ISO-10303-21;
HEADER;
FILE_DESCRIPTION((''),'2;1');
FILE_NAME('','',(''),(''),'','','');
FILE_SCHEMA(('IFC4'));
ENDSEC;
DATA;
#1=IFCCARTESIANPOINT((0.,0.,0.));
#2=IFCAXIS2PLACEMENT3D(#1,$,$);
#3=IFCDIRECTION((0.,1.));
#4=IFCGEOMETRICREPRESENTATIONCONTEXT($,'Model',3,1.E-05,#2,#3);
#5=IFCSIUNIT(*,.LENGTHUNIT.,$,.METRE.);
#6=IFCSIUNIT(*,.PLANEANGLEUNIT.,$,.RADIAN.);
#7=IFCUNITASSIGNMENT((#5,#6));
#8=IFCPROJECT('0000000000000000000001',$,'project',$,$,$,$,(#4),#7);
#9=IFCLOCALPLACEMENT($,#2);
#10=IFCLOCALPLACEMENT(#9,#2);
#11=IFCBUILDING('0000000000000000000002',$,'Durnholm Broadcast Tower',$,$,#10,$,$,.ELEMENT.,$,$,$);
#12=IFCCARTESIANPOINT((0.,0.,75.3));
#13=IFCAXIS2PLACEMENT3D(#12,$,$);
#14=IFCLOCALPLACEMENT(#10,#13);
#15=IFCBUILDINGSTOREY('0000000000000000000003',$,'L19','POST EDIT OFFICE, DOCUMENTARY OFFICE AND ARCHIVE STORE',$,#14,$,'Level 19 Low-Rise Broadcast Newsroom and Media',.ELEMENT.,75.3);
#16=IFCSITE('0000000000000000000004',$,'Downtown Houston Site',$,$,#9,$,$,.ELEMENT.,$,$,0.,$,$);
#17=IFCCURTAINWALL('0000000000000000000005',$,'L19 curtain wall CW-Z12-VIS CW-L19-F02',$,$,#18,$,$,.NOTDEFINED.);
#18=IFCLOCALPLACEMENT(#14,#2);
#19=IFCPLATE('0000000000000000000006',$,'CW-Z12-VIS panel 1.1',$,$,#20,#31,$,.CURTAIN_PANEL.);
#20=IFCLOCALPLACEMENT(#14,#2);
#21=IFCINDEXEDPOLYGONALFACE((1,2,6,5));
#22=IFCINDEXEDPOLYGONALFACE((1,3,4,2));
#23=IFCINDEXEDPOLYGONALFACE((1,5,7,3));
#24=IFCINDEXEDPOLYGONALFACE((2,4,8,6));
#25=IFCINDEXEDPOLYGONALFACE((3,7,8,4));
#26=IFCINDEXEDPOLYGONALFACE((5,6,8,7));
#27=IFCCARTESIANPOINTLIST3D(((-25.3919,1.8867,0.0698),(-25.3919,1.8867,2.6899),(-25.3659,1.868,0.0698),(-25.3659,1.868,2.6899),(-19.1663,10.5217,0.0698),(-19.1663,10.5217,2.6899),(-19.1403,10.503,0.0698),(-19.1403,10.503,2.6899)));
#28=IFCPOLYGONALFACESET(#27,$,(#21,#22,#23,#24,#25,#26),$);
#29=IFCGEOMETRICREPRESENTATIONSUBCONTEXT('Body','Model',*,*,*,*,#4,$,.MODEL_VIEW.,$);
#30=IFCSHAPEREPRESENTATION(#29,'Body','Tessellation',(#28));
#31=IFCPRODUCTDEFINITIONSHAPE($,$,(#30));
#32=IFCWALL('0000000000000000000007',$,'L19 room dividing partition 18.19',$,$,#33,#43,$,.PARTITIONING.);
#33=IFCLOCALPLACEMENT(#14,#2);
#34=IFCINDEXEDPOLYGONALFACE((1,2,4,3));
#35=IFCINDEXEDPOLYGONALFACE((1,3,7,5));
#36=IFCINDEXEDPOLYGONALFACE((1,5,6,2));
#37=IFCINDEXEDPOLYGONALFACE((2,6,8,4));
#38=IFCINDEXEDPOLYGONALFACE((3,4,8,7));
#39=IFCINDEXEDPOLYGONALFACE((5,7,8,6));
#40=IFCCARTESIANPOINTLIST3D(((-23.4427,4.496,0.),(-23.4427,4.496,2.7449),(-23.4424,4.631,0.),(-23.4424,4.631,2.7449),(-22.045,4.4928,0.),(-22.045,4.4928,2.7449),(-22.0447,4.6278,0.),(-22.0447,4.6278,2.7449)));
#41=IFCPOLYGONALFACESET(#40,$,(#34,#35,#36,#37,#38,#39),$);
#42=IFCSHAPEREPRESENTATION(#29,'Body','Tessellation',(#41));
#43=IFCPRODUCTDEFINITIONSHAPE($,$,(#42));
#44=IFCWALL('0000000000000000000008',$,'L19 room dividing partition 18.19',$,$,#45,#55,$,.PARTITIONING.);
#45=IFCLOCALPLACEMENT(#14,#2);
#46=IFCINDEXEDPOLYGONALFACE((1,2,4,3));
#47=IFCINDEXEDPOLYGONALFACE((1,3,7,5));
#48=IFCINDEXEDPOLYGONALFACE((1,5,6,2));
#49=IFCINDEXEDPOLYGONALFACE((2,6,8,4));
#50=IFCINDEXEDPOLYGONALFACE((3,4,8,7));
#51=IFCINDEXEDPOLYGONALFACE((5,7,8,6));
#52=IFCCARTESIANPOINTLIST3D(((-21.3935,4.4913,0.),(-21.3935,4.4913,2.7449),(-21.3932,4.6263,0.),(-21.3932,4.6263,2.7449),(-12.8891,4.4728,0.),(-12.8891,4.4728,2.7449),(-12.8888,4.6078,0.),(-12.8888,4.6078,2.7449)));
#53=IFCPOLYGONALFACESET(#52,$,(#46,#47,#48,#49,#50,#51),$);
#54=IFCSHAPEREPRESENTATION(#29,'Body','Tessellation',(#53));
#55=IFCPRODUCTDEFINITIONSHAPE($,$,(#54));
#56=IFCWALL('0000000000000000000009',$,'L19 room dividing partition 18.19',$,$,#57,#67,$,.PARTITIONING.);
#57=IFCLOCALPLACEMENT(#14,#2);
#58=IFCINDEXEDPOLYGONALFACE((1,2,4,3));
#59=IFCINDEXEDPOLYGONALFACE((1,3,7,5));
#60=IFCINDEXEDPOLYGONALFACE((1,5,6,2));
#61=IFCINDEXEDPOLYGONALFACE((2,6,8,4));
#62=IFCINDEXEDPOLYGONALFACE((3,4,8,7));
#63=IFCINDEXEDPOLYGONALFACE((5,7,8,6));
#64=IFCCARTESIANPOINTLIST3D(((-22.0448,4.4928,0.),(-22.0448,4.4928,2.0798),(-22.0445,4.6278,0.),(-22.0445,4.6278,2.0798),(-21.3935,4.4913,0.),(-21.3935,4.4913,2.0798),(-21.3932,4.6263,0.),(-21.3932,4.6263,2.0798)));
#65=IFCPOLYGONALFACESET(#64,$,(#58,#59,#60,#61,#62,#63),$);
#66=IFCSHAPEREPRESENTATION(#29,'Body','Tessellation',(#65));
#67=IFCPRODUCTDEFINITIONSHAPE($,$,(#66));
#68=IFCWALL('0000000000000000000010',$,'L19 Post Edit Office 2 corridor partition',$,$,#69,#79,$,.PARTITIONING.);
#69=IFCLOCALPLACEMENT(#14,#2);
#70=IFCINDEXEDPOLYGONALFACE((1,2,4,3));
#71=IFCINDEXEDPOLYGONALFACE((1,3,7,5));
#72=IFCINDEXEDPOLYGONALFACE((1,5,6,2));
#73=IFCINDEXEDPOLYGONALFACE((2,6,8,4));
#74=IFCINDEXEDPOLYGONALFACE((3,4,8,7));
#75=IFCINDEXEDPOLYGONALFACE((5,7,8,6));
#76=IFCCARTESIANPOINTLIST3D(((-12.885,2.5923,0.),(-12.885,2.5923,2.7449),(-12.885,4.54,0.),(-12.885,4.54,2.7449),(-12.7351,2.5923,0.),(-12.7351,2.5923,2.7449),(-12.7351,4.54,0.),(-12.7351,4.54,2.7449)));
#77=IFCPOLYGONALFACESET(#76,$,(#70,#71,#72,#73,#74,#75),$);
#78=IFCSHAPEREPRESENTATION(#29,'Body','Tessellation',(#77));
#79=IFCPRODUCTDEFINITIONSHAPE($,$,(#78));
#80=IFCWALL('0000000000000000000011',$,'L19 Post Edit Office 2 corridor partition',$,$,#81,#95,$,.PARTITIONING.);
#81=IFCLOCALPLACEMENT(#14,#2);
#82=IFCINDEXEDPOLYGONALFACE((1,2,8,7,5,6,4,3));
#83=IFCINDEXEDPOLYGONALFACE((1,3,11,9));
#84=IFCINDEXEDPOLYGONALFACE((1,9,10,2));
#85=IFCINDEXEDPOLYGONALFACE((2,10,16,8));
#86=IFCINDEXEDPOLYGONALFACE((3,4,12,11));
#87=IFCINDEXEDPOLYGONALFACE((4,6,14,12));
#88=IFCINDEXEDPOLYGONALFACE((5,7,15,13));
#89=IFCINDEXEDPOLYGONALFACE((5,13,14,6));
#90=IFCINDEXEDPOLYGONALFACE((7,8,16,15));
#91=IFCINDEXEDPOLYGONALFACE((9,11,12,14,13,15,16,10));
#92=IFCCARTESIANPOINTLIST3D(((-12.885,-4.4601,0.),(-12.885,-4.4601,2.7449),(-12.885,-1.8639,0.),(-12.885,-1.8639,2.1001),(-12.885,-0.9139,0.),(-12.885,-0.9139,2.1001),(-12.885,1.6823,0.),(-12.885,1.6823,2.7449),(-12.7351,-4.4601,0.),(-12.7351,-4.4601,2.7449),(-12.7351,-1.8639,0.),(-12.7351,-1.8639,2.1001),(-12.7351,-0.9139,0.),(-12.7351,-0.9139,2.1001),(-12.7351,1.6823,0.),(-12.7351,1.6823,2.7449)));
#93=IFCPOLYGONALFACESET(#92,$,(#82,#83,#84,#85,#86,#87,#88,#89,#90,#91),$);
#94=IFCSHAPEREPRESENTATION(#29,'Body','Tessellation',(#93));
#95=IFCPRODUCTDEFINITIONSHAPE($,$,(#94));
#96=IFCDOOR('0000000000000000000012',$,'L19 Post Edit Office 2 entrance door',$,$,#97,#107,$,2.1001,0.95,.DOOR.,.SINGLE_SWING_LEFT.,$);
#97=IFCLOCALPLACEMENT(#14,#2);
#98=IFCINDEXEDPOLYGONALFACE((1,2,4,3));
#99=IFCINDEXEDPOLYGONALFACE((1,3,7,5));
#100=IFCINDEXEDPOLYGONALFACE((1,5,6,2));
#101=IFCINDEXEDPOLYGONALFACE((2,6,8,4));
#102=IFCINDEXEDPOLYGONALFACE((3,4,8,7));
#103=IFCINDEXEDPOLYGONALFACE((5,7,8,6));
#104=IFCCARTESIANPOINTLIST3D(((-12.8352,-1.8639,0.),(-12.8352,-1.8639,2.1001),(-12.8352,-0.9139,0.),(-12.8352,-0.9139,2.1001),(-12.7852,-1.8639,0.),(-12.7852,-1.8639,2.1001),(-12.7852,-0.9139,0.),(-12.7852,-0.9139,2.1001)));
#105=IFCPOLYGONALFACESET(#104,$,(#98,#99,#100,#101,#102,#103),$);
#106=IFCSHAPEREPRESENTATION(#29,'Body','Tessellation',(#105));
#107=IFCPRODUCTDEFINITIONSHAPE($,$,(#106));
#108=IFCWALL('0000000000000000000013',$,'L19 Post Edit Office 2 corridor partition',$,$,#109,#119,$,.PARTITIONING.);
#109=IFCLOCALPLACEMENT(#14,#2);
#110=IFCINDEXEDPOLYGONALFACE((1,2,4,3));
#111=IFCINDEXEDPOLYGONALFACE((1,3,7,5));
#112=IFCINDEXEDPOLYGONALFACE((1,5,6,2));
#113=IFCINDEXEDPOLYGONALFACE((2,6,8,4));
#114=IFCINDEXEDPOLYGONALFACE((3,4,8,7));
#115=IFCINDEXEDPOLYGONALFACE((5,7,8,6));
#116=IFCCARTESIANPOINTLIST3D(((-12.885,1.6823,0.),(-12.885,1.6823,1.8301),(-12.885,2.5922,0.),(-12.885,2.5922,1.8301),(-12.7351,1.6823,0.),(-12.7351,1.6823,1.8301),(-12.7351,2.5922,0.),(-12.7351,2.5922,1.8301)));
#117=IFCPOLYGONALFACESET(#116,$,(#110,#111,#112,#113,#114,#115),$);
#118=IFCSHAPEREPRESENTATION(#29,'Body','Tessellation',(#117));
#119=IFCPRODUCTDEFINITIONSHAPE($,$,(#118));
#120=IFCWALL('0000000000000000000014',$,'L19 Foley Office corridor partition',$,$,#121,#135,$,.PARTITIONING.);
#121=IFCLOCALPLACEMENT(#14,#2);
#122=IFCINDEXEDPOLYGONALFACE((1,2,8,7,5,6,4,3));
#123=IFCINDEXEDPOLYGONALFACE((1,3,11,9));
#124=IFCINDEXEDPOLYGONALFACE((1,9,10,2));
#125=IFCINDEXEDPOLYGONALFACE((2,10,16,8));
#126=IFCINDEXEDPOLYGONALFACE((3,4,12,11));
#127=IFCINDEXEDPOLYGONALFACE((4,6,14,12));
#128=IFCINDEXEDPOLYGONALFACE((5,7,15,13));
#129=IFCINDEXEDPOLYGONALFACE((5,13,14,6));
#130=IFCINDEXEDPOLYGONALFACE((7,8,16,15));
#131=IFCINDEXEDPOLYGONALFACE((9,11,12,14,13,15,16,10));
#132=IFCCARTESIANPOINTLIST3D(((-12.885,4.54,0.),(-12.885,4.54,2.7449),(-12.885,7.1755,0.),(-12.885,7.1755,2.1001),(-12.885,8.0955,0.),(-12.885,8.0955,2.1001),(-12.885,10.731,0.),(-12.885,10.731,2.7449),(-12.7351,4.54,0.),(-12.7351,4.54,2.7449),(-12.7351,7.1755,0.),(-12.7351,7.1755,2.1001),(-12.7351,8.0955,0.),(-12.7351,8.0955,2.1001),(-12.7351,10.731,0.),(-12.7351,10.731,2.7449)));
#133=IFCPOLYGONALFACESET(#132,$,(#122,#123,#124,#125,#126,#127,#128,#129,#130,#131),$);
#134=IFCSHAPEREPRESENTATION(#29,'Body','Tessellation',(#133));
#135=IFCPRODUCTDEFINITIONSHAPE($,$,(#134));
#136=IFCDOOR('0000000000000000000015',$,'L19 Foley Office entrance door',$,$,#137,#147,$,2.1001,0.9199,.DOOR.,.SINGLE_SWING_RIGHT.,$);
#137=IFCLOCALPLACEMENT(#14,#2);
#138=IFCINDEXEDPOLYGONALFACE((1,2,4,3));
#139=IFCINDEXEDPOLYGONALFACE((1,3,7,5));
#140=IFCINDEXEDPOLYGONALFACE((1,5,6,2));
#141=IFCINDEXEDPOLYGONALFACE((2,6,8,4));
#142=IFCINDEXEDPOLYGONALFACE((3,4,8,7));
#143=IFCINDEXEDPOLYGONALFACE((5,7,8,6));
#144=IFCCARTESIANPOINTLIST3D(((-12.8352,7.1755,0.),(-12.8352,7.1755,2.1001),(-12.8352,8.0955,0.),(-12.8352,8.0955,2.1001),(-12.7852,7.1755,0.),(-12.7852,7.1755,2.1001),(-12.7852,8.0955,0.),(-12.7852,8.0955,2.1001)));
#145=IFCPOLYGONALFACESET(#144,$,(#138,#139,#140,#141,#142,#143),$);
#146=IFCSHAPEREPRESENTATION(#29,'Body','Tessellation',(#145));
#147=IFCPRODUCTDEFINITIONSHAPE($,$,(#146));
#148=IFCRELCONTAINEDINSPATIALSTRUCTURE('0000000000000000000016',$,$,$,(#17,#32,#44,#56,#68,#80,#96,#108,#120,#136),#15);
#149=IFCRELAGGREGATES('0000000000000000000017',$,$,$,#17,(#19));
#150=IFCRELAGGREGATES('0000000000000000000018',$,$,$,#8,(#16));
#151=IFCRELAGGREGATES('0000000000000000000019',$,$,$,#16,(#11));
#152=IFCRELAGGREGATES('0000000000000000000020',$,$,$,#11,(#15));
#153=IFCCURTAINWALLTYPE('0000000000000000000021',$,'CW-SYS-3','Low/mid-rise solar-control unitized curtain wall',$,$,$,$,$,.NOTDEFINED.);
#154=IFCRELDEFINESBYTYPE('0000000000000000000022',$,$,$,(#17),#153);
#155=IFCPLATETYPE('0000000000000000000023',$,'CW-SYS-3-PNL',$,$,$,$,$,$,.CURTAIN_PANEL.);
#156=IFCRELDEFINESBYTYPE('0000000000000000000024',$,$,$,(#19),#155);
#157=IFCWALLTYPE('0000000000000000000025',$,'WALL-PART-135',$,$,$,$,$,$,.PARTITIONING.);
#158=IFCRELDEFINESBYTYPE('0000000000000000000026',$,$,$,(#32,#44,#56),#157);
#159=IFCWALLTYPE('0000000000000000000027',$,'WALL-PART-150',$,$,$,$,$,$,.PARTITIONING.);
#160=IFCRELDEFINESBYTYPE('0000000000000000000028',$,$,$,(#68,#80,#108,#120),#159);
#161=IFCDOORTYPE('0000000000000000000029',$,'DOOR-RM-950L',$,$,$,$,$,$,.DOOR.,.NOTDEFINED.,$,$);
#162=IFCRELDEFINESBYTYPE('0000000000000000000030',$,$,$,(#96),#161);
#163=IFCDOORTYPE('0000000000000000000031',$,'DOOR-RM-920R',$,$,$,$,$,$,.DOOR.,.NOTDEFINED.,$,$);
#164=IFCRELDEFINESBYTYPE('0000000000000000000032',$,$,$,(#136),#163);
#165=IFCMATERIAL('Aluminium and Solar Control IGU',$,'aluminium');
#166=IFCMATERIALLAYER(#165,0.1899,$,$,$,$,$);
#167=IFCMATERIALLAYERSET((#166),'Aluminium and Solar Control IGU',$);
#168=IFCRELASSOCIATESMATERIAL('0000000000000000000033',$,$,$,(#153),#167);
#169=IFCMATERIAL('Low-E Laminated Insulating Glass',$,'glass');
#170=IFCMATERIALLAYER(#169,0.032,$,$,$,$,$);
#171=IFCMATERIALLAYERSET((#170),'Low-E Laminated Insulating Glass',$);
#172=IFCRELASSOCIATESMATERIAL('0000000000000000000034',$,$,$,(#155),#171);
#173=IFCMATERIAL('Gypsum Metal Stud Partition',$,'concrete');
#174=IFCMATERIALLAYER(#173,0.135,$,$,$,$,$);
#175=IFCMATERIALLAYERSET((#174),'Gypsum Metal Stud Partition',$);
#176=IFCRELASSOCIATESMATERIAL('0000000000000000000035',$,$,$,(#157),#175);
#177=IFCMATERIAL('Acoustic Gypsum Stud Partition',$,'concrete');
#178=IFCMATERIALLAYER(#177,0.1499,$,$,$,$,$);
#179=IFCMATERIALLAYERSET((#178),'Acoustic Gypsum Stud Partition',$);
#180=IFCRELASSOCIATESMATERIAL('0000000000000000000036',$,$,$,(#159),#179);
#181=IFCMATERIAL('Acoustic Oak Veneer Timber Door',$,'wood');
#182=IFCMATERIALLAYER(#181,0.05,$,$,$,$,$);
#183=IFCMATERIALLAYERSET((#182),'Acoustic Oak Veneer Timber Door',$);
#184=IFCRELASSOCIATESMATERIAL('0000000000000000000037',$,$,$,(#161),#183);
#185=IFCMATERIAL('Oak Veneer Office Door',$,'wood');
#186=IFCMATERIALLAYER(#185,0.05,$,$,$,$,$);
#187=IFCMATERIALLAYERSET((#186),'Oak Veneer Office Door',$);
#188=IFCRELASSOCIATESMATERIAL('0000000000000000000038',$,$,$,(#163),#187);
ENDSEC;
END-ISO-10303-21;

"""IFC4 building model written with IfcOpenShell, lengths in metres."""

from ifc_helpers import new_model, si_unit, direction, frame, frame_2d, origin, origin_2d, place, context, subcontext, project, spatial, rectangle, extrude, source, transform, mapped, material, layer, layer_set, type_object, type_shapes, element, fill, aggregate, save


model = new_model("IFC4")

# Units and contexts
model_context = context("Model", 3, precision=1e-05, world=origin(), true_north=direction((0.0, 1.0)))
body_context = subcontext(model_context, "Body", "Model", "MODEL_VIEW")
ifc_project = project(units=[si_unit("LENGTHUNIT", "METRE"), si_unit("PLANEANGLEUNIT", "RADIAN")], contexts=[model_context])

# Site, building, storey
site_placement = place(None, origin())
site = spatial("IfcSite", under=ifc_project, at=site_placement, Name="Downtown Houston Site", CompositionType="ELEMENT", RefElevation=0.0)
building_placement = place(site_placement, origin())
building = spatial("IfcBuilding", under=site, at=building_placement, Name="Durnholm Broadcast Tower", CompositionType="ELEMENT")
storey_placement = place(building_placement, frame((0.0, 0.0, 75.3)))
storey = spatial("IfcBuildingStorey", under=building, at=storey_placement, Name="L19", Description="POST EDIT OFFICE, DOCUMENTARY OFFICE AND ARCHIVE STORE", LongName="Level 19 Low-Rise Broadcast Newsroom and Media", CompositionType="ELEMENT", Elevation=75.3)

# Curtain wall
ifc_material_1 = material(Name="Aluminium and Solar Control IGU", Category="aluminium")
ifc_layer_1 = layer(ifc_material_1, 0.1899)
ifc_layer_set_1 = layer_set([ifc_layer_1], Name="Aluminium and Solar Control IGU")
curtain_wall_type_1 = type_object("IfcCurtainWallType", Name="CW-SYS-3", Description="Low/mid-rise solar-control unitized curtain wall", PredefinedType="NOTDEFINED", material=ifc_layer_set_1)
curtain_wall_1_placement = place(storey_placement, origin())
curtain_wall_1 = element("IfcCurtainWall", 1, at=curtain_wall_1_placement, inside=storey, type_object=curtain_wall_type_1, Name="L19 curtain wall CW-Z12-VIS CW-L19-F02", PredefinedType="NOTDEFINED")

# Plate
ifc_material_2 = material(Name="Low-E Laminated Insulating Glass", Category="glass")
ifc_layer_2 = layer(ifc_material_2, 0.032)
ifc_layer_set_2 = layer_set([ifc_layer_2], Name="Low-E Laminated Insulating Glass")
plate_type_1 = type_object("IfcPlateType", Name="CW-SYS-3-PNL", PredefinedType="CURTAIN_PANEL", material=ifc_layer_set_2)
shared_shape_1 = source(origin(), body_context, "Body", "SweptSolid", [
    extrude(rectangle(XDim=10.6453, YDim=0.032, at=origin_2d()), origin(), (0.0, 0.0, 1.0), 2.6201),
])
type_shapes(plate_type_1, [shared_shape_1])
plate_1_placement = place(storey_placement, frame((-22.2661, 6.1948, 0.0698), z_axis=(0.0, 0.0, 1.0), x_axis=(0.584823, 0.811161, 0.0)))
plate_1 = element("IfcPlate", 2, at=plate_1_placement, type_object=plate_type_1, Name="CW-Z12-VIS panel 1.1", PredefinedType="CURTAIN_PANEL", context=body_context, shape_type="MappedRepresentation", body=[
    mapped(shared_shape_1, transform((0.0, 0.0, 0.0), x_axis=(1.0, 0.0, 0.0), y_axis=(0.0, 1.0, 0.0), z_axis=(0.0, 0.0, 1.0), scale=1.0)),
])
aggregate(curtain_wall_1, [plate_1])

# Walls
ifc_material_3 = material(Name="Gypsum Metal Stud Partition", Category="concrete")
ifc_layer_3 = layer(ifc_material_3, 0.135)
ifc_layer_set_3 = layer_set([ifc_layer_3], Name="Gypsum Metal Stud Partition")
wall_type_1 = type_object("IfcWallType", Name="WALL-PART-135", PredefinedType="PARTITIONING", material=ifc_layer_set_3)
wall_1_placement = place(storey_placement, frame((-23.4424, 4.5635, 0.0), z_axis=(0.0, 0.0, 1.0), x_axis=(0.999997, -0.002271, 0.0)))
element("IfcWall", 3, at=wall_1_placement, inside=storey, type_object=wall_type_1, Name="L19 room dividing partition 18.19", PredefinedType="PARTITIONING", context=body_context, shape_type="SweptSolid", body=[
    extrude(rectangle(XDim=1.3977, YDim=0.135, at=frame_2d((0.6987, 0.0))), origin(), (0.0, 0.0, 1.0), 2.7449),
])
wall_2_placement = place(storey_placement, frame((-21.3933, 4.5588, 0.0), z_axis=(0.0, 0.0, 1.0), x_axis=(0.999998, -0.002182, 0.0)))
element("IfcWall", 4, at=wall_2_placement, inside=storey, type_object=wall_type_1, Name="L19 room dividing partition 18.19", PredefinedType="PARTITIONING", context=body_context, shape_type="SweptSolid", body=[
    extrude(rectangle(XDim=8.5044, YDim=0.135, at=frame_2d((4.2522, 0.0))), origin(), (0.0, 0.0, 1.0), 2.7449),
])
wall_3_placement = place(storey_placement, frame((-22.0447, 4.5603, 0.0), z_axis=(0.0, 0.0, 1.0), x_axis=(0.999997, -0.002249, 0.0)))
element("IfcWall", 5, at=wall_3_placement, inside=storey, type_object=wall_type_1, Name="L19 room dividing partition 18.19", PredefinedType="PARTITIONING", context=body_context, shape_type="SweptSolid", body=[
    extrude(rectangle(XDim=0.6514, YDim=0.135, at=frame_2d((0.3257, 0.0))), origin(), (0.0, 0.0, 1.0), 2.0798),
])
ifc_material_4 = material(Name="Acoustic Gypsum Stud Partition", Category="concrete")
ifc_layer_4 = layer(ifc_material_4, 0.1499)
ifc_layer_set_4 = layer_set([ifc_layer_4], Name="Acoustic Gypsum Stud Partition")
wall_type_2 = type_object("IfcWallType", Name="WALL-PART-150", PredefinedType="PARTITIONING", material=ifc_layer_set_4)
wall_4_placement = place(storey_placement, frame((-12.8101, 4.54, 0.0), z_axis=(0.0, 0.0, 1.0), x_axis=(0.0, -1.0, 0.0)))
element("IfcWall", 6, at=wall_4_placement, inside=storey, type_object=wall_type_2, Name="L19 Post Edit Office 2 corridor partition", PredefinedType="PARTITIONING", context=body_context, shape_type="SweptSolid", body=[
    extrude(rectangle(XDim=1.9478, YDim=0.1499, at=frame_2d((0.9739, 0.0))), origin(), (0.0, 0.0, 1.0), 2.7449),
])

# Wall, opening, door
wall_5_placement = place(storey_placement, frame((-12.8101, 1.6824, 0.0), z_axis=(0.0, 0.0, 1.0), x_axis=(0.0, -1.0, 0.0)))
wall_5 = element("IfcWall", 7, at=wall_5_placement, inside=storey, type_object=wall_type_2, Name="L19 Post Edit Office 2 corridor partition", PredefinedType="PARTITIONING", context=body_context, shape_type="SweptSolid", body=[
    extrude(rectangle(XDim=6.1423, YDim=0.1499, at=frame_2d((3.0713, 0.0))), origin(), (0.0, 0.0, 1.0), 2.7449),
])
opening_1_placement = place(wall_5_placement, frame((2.5962, 0.0, 0.0)))
opening_1 = element("IfcOpeningElement", 8, at=opening_1_placement, cuts=wall_5, PredefinedType="OPENING", context=body_context, shape_type="SweptSolid", body=[
    extrude(rectangle(XDim=0.95, YDim=2.1001, at=frame_2d((0.4751, 1.05))), frame((0.0, 0.085, 0.0), z_axis=(0.0, -1.0, 0.0), x_axis=(1.0, 0.0, 0.0)), (0.0, 0.0, 1.0), 0.1699),
])
ifc_material_5 = material(Name="Acoustic Oak Veneer Timber Door", Category="wood")
ifc_layer_5 = layer(ifc_material_5, 0.05)
ifc_layer_set_5 = layer_set([ifc_layer_5], Name="Acoustic Oak Veneer Timber Door")
door_type_1 = type_object("IfcDoorType", Name="DOOR-RM-950L", OperationType="NOTDEFINED", PredefinedType="DOOR", material=ifc_layer_set_5)
shared_shape_2 = source(origin(), body_context, "Body", "SweptSolid", [
    extrude(rectangle(XDim=0.95, YDim=2.1001, at=frame_2d((0.4751, 1.05))), frame((0.0, 0.0249, 0.0), z_axis=(0.0, -1.0, 0.0), x_axis=(1.0, 0.0, 0.0)), (0.0, 0.0, 1.0), 0.05),
])
type_shapes(door_type_1, [shared_shape_2])
door_1_placement = place(opening_1_placement, origin())
door_1 = element("IfcDoor", 9, at=door_1_placement, inside=storey, type_object=door_type_1, Name="L19 Post Edit Office 2 entrance door", OperationType="SINGLE_SWING_LEFT", OverallHeight=2.1001, OverallWidth=0.95, PredefinedType="DOOR", context=body_context, shape_type="MappedRepresentation", body=[
    mapped(shared_shape_2, transform((0.0, 0.0, 0.0), x_axis=(1.0, 0.0, 0.0), y_axis=(0.0, 1.0, 0.0), z_axis=(0.0, 0.0, 1.0), scale=1.0)),
])
fill(opening_1, door_1)

# Wall
wall_6_placement = place(storey_placement, frame((-12.8101, 2.5923, 0.0), z_axis=(0.0, 0.0, 1.0), x_axis=(0.0, -1.0, 0.0)))
element("IfcWall", 10, at=wall_6_placement, inside=storey, type_object=wall_type_2, Name="L19 Post Edit Office 2 corridor partition", PredefinedType="PARTITIONING", context=body_context, shape_type="SweptSolid", body=[
    extrude(rectangle(XDim=0.9099, YDim=0.1499, at=frame_2d((0.4551, 0.0))), origin(), (0.0, 0.0, 1.0), 1.8301),
])

# Wall, opening, door
wall_7_placement = place(storey_placement, frame((-12.8101, 10.731, 0.0), z_axis=(0.0, 0.0, 1.0), x_axis=(0.0, -1.0, 0.0)))
wall_7 = element("IfcWall", 11, at=wall_7_placement, inside=storey, type_object=wall_type_2, Name="L19 Foley Office corridor partition", PredefinedType="PARTITIONING", context=body_context, shape_type="SweptSolid", body=[
    extrude(rectangle(XDim=6.1909, YDim=0.1499, at=frame_2d((3.0955, 0.0))), origin(), (0.0, 0.0, 1.0), 2.7449),
])
opening_2_placement = place(wall_7_placement, frame((2.6355, 0.0, 0.0)))
opening_2 = element("IfcOpeningElement", 12, at=opening_2_placement, cuts=wall_7, PredefinedType="OPENING", context=body_context, shape_type="SweptSolid", body=[
    extrude(rectangle(XDim=0.9199, YDim=2.1001, at=frame_2d((0.46, 1.05))), frame((0.0, 0.085, 0.0), z_axis=(0.0, -1.0, 0.0), x_axis=(1.0, 0.0, 0.0)), (0.0, 0.0, 1.0), 0.1699),
])
ifc_material_6 = material(Name="Oak Veneer Office Door", Category="wood")
ifc_layer_6 = layer(ifc_material_6, 0.05)
ifc_layer_set_6 = layer_set([ifc_layer_6], Name="Oak Veneer Office Door")
door_type_2 = type_object("IfcDoorType", Name="DOOR-RM-920R", OperationType="NOTDEFINED", PredefinedType="DOOR", material=ifc_layer_set_6)
shared_shape_3 = source(origin(), body_context, "Body", "SweptSolid", [
    extrude(rectangle(XDim=0.9199, YDim=2.1001, at=frame_2d((0.46, 1.05))), frame((0.0, 0.0249, 0.0), z_axis=(0.0, -1.0, 0.0), x_axis=(1.0, 0.0, 0.0)), (0.0, 0.0, 1.0), 0.05),
])
type_shapes(door_type_2, [shared_shape_3])
door_2_placement = place(opening_2_placement, origin())
door_2 = element("IfcDoor", 13, at=door_2_placement, inside=storey, type_object=door_type_2, Name="L19 Foley Office entrance door", OperationType="SINGLE_SWING_RIGHT", OverallHeight=2.1001, OverallWidth=0.9199, PredefinedType="DOOR", context=body_context, shape_type="MappedRepresentation", body=[
    mapped(shared_shape_3, transform((0.0, 0.0, 0.0), x_axis=(1.0, 0.0, 0.0), y_axis=(0.0, 1.0, 0.0), z_axis=(0.0, 0.0, 1.0), scale=1.0)),
])
fill(opening_2, door_2)

save(model, "model.ifc")
